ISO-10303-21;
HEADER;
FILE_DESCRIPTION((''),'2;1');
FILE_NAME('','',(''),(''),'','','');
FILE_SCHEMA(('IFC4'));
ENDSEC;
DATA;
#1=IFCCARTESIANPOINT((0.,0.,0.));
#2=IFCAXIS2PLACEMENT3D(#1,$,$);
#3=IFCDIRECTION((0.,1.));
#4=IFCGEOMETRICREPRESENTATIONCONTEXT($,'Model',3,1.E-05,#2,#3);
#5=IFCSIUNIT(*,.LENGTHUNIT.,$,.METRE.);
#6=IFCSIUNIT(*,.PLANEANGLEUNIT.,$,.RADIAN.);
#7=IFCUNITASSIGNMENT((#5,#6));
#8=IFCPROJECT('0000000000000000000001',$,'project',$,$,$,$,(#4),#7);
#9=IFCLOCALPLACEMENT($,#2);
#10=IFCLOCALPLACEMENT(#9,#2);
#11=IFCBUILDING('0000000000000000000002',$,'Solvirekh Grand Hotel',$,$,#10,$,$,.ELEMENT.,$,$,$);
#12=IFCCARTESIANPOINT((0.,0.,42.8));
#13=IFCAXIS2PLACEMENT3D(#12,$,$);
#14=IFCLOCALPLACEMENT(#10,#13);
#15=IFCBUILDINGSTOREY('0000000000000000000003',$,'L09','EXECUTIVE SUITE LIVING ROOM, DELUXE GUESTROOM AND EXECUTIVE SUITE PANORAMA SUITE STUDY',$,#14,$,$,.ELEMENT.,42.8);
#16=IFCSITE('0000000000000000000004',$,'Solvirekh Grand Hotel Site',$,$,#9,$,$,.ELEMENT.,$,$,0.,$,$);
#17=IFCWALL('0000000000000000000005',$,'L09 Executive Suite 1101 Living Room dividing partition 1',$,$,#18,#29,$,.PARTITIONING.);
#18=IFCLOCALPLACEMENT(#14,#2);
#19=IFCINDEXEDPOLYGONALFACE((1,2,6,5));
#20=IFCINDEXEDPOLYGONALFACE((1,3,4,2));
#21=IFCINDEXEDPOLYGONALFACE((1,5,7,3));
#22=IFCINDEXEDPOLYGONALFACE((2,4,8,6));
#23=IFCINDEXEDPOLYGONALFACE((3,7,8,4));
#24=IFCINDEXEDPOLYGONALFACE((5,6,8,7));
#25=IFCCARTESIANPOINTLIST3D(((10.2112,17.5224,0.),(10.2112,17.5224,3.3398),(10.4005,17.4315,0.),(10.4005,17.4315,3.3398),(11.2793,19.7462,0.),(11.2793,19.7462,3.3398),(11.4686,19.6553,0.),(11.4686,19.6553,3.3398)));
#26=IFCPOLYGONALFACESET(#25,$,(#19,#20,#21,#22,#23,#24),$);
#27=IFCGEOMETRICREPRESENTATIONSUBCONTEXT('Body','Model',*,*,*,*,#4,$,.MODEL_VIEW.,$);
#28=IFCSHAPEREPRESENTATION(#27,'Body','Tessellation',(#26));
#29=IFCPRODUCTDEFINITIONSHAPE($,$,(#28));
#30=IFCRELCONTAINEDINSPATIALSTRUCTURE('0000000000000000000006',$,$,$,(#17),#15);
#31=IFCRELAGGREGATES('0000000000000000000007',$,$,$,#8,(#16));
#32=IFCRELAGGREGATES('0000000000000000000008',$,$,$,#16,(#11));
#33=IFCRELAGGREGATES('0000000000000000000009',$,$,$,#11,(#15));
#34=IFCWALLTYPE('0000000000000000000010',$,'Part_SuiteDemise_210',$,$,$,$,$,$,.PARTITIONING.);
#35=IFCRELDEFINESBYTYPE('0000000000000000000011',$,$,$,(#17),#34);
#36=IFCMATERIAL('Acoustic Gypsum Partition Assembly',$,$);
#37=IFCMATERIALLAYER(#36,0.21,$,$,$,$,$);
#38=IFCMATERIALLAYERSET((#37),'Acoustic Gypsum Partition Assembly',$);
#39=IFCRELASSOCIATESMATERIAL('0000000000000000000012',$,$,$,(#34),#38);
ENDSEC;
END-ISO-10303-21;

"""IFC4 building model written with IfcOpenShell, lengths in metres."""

from ifc_helpers import new_model, si_unit, direction, frame, frame_2d, origin, place, context, subcontext, project, spatial, rectangle, extrude, material, layer, layer_set, type_object, element, save


model = new_model("IFC4")

# Units and contexts
model_context = context("Model", 3, precision=1e-05, world=origin(), true_north=direction((0.0, 1.0)))
body_context = subcontext(model_context, "Body", "Model", "MODEL_VIEW")
ifc_project = project(units=[si_unit("LENGTHUNIT", "METRE"), si_unit("PLANEANGLEUNIT", "RADIAN")], contexts=[model_context])

# Site, building, storey
site_placement = place(None, origin())
site = spatial("IfcSite", under=ifc_project, at=site_placement, Name="Solvirekh Grand Hotel Site", CompositionType="ELEMENT", RefElevation=0.0)
building_placement = place(site_placement, origin())
building = spatial("IfcBuilding", under=site, at=building_placement, Name="Solvirekh Grand Hotel", CompositionType="ELEMENT")
storey_placement = place(building_placement, frame((0.0, 0.0, 42.8)))
storey = spatial("IfcBuildingStorey", under=building, at=storey_placement, Name="L09", Description="EXECUTIVE SUITE LIVING ROOM, DELUXE GUESTROOM AND EXECUTIVE SUITE PANORAMA SUITE STUDY", CompositionType="ELEMENT", Elevation=42.8)

# Shared definitions
ifc_material_1 = material(Name="Acoustic Gypsum Partition Assembly")

# Wall
ifc_layer_1 = layer(ifc_material_1, 0.21)
ifc_layer_set_1 = layer_set([ifc_layer_1], Name="Acoustic Gypsum Partition Assembly")
wall_type_1 = type_object("IfcWallType", Name="Part_SuiteDemise_210", PredefinedType="PARTITIONING", material=ifc_layer_set_1)
wall_1_placement = place(storey_placement, frame((10.3059, 17.4771, 0.0), z_axis=(0.0, 0.0, 1.0), x_axis=(0.432947, 0.90142, 0.0)))
element("IfcWall", 1, at=wall_1_placement, inside=storey, type_object=wall_type_1, Name="L09 Executive Suite 1101 Living Room dividing partition 1", PredefinedType="PARTITIONING", context=body_context, shape_type="SweptSolid", body=[
    extrude(rectangle(XDim=2.467, YDim=0.21, at=frame_2d((1.2334, 0.0))), origin(), (0.0, 0.0, 1.0), 3.3398),
])

save(model, "model.ifc")
